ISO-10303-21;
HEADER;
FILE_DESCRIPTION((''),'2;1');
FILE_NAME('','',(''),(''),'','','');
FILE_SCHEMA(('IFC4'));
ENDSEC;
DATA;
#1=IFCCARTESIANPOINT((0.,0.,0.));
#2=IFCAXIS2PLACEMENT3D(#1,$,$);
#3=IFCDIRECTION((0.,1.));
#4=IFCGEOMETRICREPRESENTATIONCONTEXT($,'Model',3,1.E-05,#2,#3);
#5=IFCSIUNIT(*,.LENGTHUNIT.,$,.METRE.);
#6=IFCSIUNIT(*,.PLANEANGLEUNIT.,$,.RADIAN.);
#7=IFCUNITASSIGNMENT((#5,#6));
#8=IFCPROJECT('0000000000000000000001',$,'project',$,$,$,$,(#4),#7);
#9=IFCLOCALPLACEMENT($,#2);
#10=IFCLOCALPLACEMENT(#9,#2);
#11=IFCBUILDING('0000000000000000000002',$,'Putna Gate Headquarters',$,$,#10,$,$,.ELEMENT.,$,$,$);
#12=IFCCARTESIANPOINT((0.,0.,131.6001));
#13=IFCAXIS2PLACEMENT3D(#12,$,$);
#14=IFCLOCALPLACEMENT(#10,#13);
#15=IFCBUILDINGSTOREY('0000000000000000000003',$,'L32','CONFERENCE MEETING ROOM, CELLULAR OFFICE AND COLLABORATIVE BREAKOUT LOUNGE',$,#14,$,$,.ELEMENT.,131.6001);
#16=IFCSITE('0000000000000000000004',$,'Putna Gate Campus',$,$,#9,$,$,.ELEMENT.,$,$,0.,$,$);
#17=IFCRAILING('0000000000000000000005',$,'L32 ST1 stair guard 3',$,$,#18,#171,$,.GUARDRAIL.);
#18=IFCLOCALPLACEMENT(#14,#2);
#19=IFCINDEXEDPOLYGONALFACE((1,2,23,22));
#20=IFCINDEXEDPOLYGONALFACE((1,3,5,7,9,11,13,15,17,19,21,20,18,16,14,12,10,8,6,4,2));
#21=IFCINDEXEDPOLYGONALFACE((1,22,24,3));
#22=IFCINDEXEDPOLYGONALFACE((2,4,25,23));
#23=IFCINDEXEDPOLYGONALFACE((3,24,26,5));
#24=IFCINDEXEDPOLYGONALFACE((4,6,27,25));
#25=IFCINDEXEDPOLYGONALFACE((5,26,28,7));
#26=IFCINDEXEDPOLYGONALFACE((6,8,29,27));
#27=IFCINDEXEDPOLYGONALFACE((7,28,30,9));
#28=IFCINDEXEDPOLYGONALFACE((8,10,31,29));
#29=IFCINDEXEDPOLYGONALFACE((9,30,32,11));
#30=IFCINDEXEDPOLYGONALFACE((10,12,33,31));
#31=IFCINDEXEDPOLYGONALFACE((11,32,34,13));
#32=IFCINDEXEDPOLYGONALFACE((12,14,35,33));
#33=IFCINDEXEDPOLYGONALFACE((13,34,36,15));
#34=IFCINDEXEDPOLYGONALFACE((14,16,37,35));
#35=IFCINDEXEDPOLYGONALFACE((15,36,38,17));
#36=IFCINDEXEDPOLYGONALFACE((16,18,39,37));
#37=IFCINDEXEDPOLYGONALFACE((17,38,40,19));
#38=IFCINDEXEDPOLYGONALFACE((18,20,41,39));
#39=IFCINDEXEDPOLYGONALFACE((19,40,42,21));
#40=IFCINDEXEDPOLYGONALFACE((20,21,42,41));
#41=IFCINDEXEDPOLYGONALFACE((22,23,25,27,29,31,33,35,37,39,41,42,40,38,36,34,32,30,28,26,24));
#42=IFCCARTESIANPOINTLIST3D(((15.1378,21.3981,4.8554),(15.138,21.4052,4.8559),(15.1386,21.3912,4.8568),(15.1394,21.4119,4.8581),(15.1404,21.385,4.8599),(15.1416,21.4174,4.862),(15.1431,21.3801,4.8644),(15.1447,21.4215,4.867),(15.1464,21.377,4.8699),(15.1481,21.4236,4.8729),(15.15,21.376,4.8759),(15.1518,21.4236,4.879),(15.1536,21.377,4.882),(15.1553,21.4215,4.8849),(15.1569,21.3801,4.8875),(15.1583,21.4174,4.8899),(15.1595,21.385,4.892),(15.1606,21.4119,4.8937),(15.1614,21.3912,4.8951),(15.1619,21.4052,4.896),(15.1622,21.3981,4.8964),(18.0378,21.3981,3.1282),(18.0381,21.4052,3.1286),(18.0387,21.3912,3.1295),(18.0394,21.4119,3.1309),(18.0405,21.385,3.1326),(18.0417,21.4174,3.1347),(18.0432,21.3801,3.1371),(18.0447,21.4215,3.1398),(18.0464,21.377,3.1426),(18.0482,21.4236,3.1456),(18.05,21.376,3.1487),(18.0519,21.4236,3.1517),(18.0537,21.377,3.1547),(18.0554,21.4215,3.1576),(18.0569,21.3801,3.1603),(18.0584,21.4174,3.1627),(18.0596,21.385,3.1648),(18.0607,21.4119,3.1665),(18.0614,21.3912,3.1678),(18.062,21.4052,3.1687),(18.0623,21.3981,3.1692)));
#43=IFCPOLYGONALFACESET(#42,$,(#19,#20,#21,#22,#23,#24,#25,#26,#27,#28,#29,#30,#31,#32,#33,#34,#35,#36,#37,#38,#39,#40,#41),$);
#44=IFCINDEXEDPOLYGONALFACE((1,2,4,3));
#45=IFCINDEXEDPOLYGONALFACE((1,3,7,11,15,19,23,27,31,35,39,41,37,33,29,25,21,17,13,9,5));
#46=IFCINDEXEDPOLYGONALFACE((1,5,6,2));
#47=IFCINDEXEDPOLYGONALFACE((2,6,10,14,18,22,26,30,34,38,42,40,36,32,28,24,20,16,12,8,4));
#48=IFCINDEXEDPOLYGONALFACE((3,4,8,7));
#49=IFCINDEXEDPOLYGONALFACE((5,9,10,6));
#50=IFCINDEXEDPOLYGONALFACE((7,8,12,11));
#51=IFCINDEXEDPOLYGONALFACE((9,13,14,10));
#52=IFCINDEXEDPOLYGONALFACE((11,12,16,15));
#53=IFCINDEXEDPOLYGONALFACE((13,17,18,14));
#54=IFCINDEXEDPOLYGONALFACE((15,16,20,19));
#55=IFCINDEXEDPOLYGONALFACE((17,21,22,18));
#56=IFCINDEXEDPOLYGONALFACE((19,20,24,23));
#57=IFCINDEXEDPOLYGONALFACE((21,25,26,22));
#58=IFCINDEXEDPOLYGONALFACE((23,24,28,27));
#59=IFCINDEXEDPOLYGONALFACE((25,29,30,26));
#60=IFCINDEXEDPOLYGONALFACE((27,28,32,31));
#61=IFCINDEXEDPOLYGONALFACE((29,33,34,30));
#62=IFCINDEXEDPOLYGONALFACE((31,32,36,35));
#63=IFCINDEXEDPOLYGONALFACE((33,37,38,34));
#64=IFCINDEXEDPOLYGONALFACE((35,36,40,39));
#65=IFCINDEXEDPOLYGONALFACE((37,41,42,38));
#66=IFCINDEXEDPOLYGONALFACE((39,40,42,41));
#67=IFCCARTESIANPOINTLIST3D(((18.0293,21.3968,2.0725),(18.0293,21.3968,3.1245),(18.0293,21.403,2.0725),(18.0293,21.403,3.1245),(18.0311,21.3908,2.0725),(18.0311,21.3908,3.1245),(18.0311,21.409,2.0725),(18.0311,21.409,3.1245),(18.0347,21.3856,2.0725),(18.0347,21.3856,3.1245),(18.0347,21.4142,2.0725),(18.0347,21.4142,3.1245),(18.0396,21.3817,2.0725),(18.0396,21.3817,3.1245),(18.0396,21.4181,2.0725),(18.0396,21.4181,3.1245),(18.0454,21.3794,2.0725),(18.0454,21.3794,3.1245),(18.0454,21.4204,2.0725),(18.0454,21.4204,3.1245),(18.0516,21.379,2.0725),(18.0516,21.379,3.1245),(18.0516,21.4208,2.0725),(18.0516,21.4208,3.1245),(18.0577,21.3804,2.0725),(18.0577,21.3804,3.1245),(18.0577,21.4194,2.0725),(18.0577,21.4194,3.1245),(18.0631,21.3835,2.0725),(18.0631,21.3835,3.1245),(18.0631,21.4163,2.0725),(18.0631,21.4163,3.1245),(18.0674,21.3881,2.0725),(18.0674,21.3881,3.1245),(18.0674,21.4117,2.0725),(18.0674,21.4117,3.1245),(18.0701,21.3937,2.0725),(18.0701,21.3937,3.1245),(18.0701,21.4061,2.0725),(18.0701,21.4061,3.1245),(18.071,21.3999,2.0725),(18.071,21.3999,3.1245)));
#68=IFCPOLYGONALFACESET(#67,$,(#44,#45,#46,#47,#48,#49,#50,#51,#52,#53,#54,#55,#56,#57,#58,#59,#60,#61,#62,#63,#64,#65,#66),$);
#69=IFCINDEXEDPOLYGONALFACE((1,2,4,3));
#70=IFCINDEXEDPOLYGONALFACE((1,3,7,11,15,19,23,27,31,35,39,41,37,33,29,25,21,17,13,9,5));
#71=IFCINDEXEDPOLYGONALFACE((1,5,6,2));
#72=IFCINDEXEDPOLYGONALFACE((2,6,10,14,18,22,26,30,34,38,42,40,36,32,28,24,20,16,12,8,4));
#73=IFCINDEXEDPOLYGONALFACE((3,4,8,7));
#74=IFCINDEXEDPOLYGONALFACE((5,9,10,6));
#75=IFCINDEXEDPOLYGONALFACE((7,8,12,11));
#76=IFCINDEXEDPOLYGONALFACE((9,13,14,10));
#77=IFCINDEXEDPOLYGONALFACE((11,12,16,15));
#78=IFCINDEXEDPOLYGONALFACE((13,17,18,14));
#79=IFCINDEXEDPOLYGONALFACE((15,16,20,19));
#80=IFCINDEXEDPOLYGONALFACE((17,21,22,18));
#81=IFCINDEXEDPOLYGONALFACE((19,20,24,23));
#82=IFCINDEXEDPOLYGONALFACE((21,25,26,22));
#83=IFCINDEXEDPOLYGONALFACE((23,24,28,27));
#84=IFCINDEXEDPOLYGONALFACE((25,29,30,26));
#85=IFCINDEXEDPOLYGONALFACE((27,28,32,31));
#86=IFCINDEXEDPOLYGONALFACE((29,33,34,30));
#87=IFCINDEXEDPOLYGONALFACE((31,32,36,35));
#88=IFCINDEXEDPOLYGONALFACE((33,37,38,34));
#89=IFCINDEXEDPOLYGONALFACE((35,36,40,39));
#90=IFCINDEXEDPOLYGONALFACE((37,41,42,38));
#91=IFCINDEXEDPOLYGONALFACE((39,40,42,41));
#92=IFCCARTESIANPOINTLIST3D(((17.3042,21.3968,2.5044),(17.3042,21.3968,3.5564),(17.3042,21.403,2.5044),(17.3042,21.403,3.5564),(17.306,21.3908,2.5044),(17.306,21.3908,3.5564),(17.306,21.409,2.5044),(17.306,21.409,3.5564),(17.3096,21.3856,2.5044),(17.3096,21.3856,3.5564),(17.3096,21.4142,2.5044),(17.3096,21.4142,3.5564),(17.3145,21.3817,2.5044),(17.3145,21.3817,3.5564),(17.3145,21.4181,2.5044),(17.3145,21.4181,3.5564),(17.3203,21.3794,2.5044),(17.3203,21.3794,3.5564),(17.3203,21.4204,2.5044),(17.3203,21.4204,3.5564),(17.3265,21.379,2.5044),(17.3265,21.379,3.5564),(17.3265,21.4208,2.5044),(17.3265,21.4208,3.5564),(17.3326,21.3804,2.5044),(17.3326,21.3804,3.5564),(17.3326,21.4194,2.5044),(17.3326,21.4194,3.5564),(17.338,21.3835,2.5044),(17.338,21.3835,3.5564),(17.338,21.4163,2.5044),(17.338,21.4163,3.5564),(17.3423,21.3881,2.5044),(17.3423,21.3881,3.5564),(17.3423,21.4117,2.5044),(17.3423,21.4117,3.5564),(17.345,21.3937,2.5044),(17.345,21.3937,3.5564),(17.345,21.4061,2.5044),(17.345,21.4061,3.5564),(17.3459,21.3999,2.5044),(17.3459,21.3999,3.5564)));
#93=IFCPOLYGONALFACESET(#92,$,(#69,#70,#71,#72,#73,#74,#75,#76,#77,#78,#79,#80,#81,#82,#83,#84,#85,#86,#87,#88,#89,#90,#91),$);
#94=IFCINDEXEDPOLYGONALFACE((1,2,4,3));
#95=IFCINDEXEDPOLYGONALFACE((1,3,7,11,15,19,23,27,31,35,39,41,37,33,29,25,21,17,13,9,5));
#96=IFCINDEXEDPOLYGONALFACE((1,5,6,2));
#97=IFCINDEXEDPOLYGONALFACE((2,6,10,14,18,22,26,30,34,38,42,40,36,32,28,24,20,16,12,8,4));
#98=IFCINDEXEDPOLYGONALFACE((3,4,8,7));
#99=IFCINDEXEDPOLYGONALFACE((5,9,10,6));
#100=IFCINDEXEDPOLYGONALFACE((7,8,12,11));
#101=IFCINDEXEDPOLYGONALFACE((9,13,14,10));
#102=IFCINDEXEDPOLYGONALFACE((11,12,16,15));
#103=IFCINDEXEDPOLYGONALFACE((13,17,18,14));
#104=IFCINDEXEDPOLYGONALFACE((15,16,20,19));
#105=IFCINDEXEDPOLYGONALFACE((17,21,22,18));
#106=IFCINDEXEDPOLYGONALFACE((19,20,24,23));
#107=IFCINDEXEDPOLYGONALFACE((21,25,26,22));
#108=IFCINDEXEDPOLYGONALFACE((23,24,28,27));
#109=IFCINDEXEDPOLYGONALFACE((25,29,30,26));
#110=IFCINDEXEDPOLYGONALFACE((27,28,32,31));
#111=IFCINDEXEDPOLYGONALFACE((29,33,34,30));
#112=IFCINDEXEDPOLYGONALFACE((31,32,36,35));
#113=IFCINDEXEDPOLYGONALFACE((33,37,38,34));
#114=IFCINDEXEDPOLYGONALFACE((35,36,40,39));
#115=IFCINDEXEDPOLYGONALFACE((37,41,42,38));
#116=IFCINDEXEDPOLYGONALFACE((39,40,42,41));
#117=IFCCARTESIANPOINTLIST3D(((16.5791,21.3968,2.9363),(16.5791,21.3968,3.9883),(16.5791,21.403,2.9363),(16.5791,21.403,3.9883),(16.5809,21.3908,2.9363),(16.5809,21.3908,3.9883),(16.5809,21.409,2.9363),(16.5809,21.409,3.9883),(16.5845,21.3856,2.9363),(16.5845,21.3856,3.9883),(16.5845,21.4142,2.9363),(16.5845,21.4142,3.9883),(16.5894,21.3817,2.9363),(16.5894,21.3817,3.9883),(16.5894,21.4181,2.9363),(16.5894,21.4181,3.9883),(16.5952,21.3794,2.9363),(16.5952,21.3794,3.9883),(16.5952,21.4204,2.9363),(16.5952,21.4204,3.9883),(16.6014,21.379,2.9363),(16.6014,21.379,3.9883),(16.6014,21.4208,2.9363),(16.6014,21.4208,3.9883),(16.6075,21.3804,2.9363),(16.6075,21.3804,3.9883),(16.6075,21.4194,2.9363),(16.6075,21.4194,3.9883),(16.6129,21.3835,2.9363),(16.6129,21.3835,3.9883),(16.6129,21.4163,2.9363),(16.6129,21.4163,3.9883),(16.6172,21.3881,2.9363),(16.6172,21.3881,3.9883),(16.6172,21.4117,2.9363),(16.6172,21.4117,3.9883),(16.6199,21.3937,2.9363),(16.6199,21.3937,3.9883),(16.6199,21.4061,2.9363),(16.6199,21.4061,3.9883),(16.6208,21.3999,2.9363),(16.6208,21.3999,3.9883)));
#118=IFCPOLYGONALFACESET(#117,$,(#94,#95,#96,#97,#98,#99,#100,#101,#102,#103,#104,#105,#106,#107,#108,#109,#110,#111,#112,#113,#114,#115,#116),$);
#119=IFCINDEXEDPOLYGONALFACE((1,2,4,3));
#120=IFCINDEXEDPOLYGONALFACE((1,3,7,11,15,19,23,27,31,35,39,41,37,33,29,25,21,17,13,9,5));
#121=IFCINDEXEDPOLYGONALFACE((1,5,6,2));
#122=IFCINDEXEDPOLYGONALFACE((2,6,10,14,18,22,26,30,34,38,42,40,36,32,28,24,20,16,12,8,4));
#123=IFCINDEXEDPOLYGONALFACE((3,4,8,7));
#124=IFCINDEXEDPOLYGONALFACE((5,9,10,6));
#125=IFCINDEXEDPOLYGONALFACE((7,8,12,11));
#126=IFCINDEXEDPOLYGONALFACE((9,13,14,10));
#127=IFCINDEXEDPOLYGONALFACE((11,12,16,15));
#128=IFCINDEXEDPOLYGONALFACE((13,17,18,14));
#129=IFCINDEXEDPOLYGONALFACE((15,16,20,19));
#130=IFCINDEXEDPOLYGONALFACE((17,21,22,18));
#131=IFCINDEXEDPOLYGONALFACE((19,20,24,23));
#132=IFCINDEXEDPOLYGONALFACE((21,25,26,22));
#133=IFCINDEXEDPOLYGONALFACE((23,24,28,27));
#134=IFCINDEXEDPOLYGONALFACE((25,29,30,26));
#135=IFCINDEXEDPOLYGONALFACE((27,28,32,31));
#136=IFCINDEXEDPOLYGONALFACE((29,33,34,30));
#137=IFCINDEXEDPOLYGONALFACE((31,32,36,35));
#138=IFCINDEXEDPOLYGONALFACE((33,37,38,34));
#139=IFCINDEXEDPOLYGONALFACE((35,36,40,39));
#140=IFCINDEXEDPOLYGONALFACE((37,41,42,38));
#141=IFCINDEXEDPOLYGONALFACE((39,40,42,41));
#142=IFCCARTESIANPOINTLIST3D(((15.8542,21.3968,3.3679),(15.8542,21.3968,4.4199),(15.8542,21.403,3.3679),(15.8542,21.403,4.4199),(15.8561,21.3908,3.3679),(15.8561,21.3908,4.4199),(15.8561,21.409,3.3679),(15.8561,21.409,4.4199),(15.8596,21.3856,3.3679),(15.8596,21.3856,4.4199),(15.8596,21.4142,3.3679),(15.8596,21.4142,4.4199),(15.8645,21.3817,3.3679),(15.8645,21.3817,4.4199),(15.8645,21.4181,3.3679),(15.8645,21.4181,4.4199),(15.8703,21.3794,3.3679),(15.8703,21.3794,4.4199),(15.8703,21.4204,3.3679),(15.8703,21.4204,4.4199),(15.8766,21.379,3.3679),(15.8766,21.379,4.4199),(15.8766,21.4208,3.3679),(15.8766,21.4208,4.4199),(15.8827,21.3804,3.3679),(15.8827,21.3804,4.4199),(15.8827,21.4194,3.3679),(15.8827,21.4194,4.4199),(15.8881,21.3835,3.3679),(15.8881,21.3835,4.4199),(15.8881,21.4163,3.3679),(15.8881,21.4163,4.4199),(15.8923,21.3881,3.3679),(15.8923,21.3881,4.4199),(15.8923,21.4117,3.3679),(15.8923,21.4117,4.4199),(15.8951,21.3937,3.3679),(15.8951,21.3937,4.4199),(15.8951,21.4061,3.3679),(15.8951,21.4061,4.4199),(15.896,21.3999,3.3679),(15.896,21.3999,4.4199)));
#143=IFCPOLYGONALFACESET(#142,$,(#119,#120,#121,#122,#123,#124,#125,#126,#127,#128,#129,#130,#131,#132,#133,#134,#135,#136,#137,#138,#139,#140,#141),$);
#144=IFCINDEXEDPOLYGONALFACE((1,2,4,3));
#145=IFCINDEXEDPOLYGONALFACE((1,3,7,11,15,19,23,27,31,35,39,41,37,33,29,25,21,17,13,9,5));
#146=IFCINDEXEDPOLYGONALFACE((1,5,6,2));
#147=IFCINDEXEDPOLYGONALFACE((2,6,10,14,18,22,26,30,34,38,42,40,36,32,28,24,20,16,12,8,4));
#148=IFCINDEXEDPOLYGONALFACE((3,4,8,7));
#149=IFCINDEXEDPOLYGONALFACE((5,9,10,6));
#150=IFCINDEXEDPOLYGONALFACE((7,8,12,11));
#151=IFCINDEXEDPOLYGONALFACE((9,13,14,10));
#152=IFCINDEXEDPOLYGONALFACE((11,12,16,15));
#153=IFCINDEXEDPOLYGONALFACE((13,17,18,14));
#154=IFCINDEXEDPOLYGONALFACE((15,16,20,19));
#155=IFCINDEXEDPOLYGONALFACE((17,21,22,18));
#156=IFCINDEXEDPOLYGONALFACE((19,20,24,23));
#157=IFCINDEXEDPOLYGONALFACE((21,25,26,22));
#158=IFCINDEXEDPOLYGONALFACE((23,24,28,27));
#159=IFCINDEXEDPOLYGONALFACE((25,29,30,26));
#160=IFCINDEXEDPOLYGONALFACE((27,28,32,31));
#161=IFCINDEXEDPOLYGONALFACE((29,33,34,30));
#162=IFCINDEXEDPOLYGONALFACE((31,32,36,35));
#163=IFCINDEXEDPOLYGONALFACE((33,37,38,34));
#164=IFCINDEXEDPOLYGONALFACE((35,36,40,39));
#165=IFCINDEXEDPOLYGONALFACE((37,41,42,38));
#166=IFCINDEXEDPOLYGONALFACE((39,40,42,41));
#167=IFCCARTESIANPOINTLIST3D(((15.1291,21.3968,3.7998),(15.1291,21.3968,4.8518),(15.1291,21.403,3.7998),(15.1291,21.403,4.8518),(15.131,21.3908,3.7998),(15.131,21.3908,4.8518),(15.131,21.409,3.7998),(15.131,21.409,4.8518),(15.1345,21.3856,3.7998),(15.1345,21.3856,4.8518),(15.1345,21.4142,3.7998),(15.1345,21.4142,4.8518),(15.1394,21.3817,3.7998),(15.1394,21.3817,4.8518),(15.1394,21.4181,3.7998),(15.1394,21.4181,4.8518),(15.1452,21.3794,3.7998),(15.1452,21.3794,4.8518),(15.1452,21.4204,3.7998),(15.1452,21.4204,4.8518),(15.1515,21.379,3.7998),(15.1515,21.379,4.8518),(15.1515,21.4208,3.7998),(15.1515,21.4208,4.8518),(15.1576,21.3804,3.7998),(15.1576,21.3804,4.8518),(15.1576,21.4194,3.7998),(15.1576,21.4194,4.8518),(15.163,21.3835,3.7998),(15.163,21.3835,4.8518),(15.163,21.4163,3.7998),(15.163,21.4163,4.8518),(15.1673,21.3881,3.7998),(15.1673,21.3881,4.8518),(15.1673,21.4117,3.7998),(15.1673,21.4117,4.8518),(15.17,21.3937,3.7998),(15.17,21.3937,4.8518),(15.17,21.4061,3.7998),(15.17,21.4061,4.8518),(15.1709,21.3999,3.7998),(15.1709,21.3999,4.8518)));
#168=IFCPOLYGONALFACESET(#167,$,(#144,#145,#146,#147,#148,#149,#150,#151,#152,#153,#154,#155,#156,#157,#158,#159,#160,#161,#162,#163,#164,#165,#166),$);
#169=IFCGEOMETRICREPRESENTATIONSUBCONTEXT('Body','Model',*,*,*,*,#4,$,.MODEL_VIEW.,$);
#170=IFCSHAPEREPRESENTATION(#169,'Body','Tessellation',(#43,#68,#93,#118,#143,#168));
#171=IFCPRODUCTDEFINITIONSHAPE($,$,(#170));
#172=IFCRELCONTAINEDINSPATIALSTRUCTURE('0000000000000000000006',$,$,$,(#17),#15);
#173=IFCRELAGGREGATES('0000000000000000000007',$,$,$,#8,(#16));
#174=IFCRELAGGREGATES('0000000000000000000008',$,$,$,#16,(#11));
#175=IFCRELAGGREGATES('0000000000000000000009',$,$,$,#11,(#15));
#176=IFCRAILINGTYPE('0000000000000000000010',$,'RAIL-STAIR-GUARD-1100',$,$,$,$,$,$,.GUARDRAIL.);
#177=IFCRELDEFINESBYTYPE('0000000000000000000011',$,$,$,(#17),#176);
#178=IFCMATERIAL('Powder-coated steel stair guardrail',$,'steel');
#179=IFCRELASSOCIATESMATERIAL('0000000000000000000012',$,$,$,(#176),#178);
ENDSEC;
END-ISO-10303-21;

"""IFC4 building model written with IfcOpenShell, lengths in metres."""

from ifc_helpers import new_model, si_unit, direction, frame, origin, origin_2d, place, context, subcontext, project, spatial, circle, extrude, material, type_object, element, save


model = new_model("IFC4")

# Units and contexts
model_context = context("Model", 3, precision=1e-05, world=origin(), true_north=direction((0.0, 1.0)))
body_context = subcontext(model_context, "Body", "Model", "MODEL_VIEW")
ifc_project = project(units=[si_unit("LENGTHUNIT", "METRE"), si_unit("PLANEANGLEUNIT", "RADIAN")], contexts=[model_context])

# Site, building, storey
site_placement = place(None, origin())
site = spatial("IfcSite", under=ifc_project, at=site_placement, Name="Putna Gate Campus", CompositionType="ELEMENT", RefElevation=0.0)
building_placement = place(site_placement, origin())
building = spatial("IfcBuilding", under=site, at=building_placement, Name="Putna Gate Headquarters", CompositionType="ELEMENT")
storey_placement = place(building_placement, frame((0.0, 0.0, 131.6001)))
storey = spatial("IfcBuildingStorey", under=building, at=storey_placement, Name="L32", Description="CONFERENCE MEETING ROOM, CELLULAR OFFICE AND COLLABORATIVE BREAKOUT LOUNGE", CompositionType="ELEMENT", Elevation=131.6001)

# Railing
ifc_material_1 = material(Name="Powder-coated steel stair guardrail", Category="steel")
railing_type_1 = type_object("IfcRailingType", Name="RAIL-STAIR-GUARD-1100", PredefinedType="GUARDRAIL", material=ifc_material_1)
railing_1_placement = place(storey_placement, frame((18.05, 21.3999, 2.0725)))
element("IfcRailing", 1, at=railing_1_placement, inside=storey, type_object=railing_type_1, Name="L32 ST1 stair guard 3", PredefinedType="GUARDRAIL", context=body_context, shape_type="SweptSolid", body=[
    extrude(circle(Radius=0.0239, at=origin_2d()), frame((0.0, 0.0, 1.0762), z_axis=(-0.85916, 0.0, 0.511706), x_axis=(0.0, -1.0, 0.0)), (0.0, 0.0, 1.0), 3.3755),
    extrude(circle(Radius=0.021, at=origin_2d()), origin(), (0.0, 0.0, 1.0), 1.052),
    extrude(circle(Radius=0.021, at=origin_2d()), frame((-0.7251, 0.0, 0.4319)), (0.0, 0.0, 1.0), 1.052),
    extrude(circle(Radius=0.021, at=origin_2d()), frame((-1.4502, 0.0, 0.8638)), (0.0, 0.0, 1.0), 1.052),
    extrude(circle(Radius=0.021, at=origin_2d()), frame((-2.175, 0.0, 1.2954)), (0.0, 0.0, 1.0), 1.052),
    extrude(circle(Radius=0.021, at=origin_2d()), frame((-2.9001, 0.0, 1.7273)), (0.0, 0.0, 1.0), 1.052),
])

save(model, "model.ifc")
